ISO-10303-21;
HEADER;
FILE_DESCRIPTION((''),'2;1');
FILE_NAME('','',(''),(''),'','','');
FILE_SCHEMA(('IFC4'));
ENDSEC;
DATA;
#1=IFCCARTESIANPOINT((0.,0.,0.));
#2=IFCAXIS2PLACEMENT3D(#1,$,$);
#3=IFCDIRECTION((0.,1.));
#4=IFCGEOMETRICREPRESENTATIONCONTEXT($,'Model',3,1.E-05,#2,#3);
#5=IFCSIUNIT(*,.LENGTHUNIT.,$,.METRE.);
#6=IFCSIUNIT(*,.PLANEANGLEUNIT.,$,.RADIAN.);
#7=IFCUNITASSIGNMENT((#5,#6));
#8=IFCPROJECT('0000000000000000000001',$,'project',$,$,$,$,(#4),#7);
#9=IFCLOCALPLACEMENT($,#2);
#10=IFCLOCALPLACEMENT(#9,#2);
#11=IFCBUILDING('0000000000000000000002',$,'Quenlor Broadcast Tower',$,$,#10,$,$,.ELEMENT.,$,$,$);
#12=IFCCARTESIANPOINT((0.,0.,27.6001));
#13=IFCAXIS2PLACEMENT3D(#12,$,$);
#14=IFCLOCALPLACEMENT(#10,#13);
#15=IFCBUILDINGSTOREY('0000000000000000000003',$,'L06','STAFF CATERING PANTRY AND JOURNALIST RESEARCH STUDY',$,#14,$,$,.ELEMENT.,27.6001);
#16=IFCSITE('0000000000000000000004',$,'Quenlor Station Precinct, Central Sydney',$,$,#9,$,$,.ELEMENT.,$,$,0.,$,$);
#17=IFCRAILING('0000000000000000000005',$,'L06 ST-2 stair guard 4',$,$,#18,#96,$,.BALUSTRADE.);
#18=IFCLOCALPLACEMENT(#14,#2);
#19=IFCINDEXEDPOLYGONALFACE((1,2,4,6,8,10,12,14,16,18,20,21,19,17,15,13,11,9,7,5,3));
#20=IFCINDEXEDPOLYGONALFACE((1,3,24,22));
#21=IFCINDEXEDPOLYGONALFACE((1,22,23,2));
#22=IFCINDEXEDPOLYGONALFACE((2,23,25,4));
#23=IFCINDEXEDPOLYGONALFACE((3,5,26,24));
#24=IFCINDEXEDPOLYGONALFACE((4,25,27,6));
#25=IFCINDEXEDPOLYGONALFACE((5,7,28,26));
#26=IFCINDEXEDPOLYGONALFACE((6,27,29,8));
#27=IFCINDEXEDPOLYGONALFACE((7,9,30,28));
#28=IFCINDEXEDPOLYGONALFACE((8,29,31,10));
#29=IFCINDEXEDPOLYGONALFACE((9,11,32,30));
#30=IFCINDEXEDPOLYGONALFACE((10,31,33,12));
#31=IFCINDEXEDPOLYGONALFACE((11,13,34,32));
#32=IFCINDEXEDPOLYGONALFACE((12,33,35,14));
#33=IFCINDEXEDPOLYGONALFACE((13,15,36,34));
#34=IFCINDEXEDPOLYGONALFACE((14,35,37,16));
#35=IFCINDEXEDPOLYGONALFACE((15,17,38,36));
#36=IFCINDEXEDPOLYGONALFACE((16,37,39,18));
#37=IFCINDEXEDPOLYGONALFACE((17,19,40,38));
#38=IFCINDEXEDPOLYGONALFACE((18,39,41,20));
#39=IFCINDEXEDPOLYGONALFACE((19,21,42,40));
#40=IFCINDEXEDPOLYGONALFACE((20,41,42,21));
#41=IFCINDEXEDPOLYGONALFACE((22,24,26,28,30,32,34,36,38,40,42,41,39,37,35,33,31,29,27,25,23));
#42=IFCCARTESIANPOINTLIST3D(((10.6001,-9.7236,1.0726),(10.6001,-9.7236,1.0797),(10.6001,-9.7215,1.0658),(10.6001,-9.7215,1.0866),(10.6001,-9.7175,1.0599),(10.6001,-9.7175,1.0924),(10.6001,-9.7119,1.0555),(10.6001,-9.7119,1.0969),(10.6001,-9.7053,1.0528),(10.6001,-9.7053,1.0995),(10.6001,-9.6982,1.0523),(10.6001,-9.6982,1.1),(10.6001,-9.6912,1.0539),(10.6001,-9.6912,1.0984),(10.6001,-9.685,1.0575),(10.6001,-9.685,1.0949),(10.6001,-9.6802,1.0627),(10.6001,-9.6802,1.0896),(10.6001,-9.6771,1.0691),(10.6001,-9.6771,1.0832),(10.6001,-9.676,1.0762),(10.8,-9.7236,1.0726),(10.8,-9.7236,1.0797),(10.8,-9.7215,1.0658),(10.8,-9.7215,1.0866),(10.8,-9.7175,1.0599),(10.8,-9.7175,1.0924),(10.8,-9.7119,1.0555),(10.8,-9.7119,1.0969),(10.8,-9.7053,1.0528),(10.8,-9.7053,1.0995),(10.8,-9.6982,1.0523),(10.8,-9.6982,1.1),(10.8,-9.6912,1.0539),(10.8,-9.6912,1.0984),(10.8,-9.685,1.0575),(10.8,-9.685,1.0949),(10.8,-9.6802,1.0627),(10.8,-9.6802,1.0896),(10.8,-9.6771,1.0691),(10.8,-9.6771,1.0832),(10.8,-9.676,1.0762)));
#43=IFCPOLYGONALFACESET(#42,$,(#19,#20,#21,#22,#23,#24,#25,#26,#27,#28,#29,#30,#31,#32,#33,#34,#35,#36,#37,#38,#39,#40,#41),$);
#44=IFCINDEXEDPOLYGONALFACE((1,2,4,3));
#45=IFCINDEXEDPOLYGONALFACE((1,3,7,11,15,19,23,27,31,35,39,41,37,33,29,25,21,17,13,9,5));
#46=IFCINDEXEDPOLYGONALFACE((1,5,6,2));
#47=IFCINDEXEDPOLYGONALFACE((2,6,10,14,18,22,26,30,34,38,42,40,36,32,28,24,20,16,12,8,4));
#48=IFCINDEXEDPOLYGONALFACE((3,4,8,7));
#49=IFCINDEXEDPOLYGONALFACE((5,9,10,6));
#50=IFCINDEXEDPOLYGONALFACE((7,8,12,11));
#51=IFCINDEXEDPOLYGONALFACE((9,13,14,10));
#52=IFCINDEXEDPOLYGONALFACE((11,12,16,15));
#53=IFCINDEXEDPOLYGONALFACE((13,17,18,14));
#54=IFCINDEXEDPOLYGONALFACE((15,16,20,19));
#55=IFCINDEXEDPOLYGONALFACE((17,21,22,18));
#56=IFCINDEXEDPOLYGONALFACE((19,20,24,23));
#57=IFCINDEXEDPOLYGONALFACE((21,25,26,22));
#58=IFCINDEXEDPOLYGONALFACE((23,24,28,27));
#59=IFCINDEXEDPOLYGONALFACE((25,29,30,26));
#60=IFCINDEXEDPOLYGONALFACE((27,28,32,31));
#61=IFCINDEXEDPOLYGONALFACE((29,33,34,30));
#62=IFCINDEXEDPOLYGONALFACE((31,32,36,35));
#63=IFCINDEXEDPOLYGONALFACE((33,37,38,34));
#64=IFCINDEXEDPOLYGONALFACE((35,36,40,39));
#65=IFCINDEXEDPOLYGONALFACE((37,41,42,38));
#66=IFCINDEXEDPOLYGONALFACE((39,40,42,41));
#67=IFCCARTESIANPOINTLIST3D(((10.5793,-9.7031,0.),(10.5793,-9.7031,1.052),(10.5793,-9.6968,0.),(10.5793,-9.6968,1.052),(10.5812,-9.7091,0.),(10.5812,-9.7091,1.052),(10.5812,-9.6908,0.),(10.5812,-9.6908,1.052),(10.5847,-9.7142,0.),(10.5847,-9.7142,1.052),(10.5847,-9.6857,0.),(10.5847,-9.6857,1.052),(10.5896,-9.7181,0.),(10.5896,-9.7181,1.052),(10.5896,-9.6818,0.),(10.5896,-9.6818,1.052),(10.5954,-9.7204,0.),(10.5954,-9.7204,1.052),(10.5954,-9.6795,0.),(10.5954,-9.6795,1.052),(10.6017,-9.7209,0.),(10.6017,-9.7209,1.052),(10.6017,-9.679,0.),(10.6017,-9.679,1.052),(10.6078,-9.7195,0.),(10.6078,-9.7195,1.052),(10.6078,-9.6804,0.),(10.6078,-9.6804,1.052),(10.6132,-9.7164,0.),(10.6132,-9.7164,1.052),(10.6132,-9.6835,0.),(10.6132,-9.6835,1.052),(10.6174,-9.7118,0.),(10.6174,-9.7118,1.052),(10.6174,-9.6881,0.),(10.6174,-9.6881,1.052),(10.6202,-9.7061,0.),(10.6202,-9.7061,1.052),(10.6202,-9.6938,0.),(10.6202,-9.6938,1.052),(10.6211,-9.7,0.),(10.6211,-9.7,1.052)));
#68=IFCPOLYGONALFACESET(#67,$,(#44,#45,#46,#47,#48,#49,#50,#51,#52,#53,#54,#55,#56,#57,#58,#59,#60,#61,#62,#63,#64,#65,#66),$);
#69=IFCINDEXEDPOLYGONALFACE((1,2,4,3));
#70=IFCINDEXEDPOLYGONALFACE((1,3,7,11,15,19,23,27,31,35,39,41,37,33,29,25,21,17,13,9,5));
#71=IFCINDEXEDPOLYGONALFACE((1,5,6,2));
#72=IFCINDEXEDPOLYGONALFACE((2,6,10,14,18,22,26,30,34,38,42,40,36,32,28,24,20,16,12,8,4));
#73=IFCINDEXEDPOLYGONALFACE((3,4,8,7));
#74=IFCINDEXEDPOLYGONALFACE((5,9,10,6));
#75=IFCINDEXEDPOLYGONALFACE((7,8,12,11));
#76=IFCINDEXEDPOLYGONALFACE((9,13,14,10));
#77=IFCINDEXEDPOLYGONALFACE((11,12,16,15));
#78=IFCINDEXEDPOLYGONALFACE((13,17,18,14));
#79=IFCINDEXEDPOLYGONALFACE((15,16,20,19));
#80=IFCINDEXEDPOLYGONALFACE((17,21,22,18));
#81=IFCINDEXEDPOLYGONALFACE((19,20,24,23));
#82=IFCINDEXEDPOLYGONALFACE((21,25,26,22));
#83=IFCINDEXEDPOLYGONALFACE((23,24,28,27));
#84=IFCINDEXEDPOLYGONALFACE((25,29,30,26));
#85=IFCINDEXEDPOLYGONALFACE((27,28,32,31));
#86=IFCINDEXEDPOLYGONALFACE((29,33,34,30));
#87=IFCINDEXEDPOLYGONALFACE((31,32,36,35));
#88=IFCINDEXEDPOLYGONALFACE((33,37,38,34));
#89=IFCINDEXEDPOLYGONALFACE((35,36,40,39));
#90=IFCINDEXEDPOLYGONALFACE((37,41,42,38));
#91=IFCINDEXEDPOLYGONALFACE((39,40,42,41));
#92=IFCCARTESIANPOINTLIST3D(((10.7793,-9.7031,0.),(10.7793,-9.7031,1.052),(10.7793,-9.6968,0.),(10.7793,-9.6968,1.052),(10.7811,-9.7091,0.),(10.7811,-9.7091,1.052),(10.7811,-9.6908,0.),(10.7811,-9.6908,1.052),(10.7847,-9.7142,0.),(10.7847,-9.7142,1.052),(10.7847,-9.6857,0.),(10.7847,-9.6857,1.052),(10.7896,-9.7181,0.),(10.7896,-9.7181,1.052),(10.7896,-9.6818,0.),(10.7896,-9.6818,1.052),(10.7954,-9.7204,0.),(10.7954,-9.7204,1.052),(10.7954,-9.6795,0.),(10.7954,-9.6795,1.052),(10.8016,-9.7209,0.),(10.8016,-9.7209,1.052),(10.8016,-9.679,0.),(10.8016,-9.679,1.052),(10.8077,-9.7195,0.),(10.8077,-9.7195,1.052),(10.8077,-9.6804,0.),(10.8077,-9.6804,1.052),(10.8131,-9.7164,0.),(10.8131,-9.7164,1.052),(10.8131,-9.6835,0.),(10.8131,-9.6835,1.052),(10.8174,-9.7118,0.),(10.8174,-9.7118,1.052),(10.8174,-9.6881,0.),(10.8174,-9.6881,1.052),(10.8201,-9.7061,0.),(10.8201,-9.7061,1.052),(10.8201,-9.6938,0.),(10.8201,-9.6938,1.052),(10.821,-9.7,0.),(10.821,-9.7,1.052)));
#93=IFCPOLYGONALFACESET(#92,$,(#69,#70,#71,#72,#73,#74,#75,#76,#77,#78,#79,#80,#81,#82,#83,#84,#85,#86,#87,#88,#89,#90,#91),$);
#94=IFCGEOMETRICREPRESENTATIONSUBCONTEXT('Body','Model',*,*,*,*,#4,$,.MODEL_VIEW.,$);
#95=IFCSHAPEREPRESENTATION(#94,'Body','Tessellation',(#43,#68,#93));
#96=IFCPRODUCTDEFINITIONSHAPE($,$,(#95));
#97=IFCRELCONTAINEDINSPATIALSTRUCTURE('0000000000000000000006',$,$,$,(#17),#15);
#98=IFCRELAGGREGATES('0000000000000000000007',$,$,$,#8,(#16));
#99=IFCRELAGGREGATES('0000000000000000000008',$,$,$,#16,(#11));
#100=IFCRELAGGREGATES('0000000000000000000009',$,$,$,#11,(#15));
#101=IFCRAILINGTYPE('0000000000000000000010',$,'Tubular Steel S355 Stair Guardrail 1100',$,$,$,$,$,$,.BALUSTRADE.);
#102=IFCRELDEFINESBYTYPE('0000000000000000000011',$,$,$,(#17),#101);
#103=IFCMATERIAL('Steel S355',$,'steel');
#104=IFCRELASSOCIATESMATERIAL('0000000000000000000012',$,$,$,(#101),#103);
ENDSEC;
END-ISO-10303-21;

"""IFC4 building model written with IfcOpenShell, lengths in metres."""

from ifc_helpers import new_model, si_unit, direction, frame, origin, origin_2d, place, context, subcontext, project, spatial, circle, extrude, material, type_object, element, save


model = new_model("IFC4")

# Units and contexts
model_context = context("Model", 3, precision=1e-05, world=origin(), true_north=direction((0.0, 1.0)))
body_context = subcontext(model_context, "Body", "Model", "MODEL_VIEW")
ifc_project = project(units=[si_unit("LENGTHUNIT", "METRE"), si_unit("PLANEANGLEUNIT", "RADIAN")], contexts=[model_context])

# Site, building, storey
site_placement = place(None, origin())
site = spatial("IfcSite", under=ifc_project, at=site_placement, Name="Quenlor Station Precinct, Central Sydney", CompositionType="ELEMENT", RefElevation=0.0)
building_placement = place(site_placement, origin())
building = spatial("IfcBuilding", under=site, at=building_placement, Name="Quenlor Broadcast Tower", CompositionType="ELEMENT")
storey_placement = place(building_placement, frame((0.0, 0.0, 27.6001)))
storey = spatial("IfcBuildingStorey", under=building, at=storey_placement, Name="L06", Description="STAFF CATERING PANTRY AND JOURNALIST RESEARCH STUDY", CompositionType="ELEMENT", Elevation=27.6001)

# Railing
ifc_material_1 = material(Name="Steel S355", Category="steel")
railing_type = type_object("IfcRailingType", Name="Tubular Steel S355 Stair Guardrail 1100", PredefinedType="BALUSTRADE", material=ifc_material_1)
railing_1_placement = place(storey_placement, frame((10.6001, -9.7, 0.0)))
element("IfcRailing", 1, at=railing_1_placement, inside=storey, type_object=railing_type, Name="L06 ST-2 stair guard 4", PredefinedType="BALUSTRADE", context=body_context, shape_type="SweptSolid", body=[
    extrude(circle(Radius=0.0239, at=origin_2d()), frame((0.0, 0.0, 1.0762), z_axis=(1.0, 0.0, 0.0), x_axis=(0.0, 1.0, 0.0)), (0.0, 0.0, 1.0), 0.2),
    extrude(circle(Radius=0.021, at=origin_2d()), origin(), (0.0, 0.0, 1.0), 1.052),
    extrude(circle(Radius=0.021, at=origin_2d()), frame((0.2, 0.0, 0.0)), (0.0, 0.0, 1.0), 1.052),
])

save(model, "model.ifc")
